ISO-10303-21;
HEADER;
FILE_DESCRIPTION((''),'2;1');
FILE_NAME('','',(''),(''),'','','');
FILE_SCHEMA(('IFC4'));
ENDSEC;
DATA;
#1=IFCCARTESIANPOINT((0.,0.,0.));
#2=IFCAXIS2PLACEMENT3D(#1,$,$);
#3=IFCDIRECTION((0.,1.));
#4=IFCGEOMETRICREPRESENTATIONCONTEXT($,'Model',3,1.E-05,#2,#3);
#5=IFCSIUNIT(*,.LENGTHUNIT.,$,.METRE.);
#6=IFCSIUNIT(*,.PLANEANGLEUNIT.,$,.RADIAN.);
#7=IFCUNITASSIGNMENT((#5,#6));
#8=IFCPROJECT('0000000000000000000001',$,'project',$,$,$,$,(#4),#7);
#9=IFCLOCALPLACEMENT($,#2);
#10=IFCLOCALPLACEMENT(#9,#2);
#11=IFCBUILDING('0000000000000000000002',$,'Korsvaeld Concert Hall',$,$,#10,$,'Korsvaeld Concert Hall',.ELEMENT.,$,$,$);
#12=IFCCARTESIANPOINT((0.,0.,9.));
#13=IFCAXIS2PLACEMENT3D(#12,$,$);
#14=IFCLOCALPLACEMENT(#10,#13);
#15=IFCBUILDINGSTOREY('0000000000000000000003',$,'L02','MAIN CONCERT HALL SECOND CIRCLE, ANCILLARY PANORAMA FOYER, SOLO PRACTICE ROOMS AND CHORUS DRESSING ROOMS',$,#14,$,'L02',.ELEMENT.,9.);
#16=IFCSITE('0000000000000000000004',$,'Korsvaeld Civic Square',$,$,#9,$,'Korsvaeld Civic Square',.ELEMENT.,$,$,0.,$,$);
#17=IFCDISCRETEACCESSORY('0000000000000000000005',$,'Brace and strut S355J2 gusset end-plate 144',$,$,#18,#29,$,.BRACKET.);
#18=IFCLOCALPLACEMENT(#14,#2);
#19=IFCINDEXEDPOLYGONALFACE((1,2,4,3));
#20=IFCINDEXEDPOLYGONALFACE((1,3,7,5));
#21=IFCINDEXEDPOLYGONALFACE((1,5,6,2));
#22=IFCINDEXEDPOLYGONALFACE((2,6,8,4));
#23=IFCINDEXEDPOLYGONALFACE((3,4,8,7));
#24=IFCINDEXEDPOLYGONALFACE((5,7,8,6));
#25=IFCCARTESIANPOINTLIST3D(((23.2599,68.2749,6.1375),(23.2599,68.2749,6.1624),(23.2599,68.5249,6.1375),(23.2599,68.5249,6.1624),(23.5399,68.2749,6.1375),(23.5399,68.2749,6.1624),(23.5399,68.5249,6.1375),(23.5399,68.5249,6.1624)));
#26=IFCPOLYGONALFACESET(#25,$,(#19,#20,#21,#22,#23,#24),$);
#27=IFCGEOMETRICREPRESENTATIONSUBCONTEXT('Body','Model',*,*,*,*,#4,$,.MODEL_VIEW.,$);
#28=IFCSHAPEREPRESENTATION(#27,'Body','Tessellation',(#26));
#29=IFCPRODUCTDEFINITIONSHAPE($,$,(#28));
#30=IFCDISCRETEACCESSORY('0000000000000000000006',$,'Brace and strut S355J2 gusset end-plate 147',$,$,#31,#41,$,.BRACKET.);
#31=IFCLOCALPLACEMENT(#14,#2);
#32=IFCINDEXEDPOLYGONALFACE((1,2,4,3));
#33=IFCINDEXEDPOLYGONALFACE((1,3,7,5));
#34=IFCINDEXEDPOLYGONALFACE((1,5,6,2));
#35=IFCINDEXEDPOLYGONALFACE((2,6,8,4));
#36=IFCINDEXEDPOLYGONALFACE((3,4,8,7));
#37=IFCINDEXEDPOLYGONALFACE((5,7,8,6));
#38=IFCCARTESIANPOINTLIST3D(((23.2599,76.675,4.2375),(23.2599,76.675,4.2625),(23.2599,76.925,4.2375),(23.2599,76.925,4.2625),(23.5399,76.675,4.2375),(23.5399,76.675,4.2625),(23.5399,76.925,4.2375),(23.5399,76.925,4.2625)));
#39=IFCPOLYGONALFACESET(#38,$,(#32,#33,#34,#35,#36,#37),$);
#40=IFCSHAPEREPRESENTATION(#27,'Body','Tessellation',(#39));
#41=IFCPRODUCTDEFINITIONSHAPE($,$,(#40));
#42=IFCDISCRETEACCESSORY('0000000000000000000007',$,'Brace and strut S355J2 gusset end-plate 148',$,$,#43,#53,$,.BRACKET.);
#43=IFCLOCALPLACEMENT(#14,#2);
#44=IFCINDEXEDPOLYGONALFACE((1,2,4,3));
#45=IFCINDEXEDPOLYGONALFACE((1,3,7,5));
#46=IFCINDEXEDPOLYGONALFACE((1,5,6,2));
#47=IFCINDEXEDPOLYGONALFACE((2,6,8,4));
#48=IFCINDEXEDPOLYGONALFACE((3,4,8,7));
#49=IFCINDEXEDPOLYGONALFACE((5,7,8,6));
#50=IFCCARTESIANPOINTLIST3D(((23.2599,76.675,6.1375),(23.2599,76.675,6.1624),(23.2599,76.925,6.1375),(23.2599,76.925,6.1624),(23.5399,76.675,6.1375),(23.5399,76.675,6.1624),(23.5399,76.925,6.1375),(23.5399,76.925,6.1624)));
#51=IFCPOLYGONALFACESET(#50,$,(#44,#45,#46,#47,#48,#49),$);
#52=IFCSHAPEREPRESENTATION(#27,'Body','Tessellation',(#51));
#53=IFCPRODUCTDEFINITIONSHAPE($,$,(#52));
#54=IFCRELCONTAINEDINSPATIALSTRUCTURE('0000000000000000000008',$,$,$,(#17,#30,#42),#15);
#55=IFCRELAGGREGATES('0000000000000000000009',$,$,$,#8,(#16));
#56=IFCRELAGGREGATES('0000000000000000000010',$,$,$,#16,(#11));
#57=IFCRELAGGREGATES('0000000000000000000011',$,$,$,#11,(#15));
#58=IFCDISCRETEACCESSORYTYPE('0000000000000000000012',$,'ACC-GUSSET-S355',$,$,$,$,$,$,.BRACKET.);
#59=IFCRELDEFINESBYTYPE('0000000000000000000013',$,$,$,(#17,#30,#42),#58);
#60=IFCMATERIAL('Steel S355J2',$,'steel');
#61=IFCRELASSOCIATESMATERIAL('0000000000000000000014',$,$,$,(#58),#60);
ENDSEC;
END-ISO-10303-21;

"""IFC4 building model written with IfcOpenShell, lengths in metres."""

from ifc_helpers import new_model, si_unit, direction, frame, origin, origin_2d, place, context, subcontext, project, spatial, rectangle, extrude, material, type_object, element, save


model = new_model("IFC4")

# Units and contexts
model_context = context("Model", 3, precision=1e-05, world=origin(), true_north=direction((0.0, 1.0)))
body_context = subcontext(model_context, "Body", "Model", "MODEL_VIEW")
ifc_project = project(units=[si_unit("LENGTHUNIT", "METRE"), si_unit("PLANEANGLEUNIT", "RADIAN")], contexts=[model_context])

# Site, building, storey
site_placement = place(None, origin())
site = spatial("IfcSite", under=ifc_project, at=site_placement, Name="Korsvaeld Civic Square", LongName="Korsvaeld Civic Square", CompositionType="ELEMENT", RefElevation=0.0)
building_placement = place(site_placement, origin())
building = spatial("IfcBuilding", under=site, at=building_placement, Name="Korsvaeld Concert Hall", LongName="Korsvaeld Concert Hall", CompositionType="ELEMENT")
storey_placement = place(building_placement, frame((0.0, 0.0, 9.0)))
storey = spatial("IfcBuildingStorey", under=building, at=storey_placement, Name="L02", Description="MAIN CONCERT HALL SECOND CIRCLE, ANCILLARY PANORAMA FOYER, SOLO PRACTICE ROOMS AND CHORUS DRESSING ROOMS", LongName="L02", CompositionType="ELEMENT", Elevation=9.0)

# Shared definitions
ifc_material_1 = material(Name="Steel S355J2", Category="steel")

# Discrete accessories
discrete_accessory_type = type_object("IfcDiscreteAccessoryType", Name="ACC-GUSSET-S355", PredefinedType="BRACKET", material=ifc_material_1)
for number, where, z_axis, x_axis, name in (
    (1, (23.3999, 68.3999, 6.1375), (0.0, 0.0, 1.0), (1.0, 0.0, 0.0), "Brace and strut S355J2 gusset end-plate 144"),
    (2, (23.3999, 76.8, 4.2375), (0.0, 0.0, 1.0), (1.0, 0.0, 0.0), "Brace and strut S355J2 gusset end-plate 147"),
    (3, (23.3999, 76.8, 6.1375), (0.0, 0.0, 1.0), (1.0, 0.0, 0.0), "Brace and strut S355J2 gusset end-plate 148"),
):
    element("IfcDiscreteAccessory", number, at=place(storey_placement, frame(where, z_axis=z_axis, x_axis=x_axis)), inside=storey, type_object=discrete_accessory_type, Name=name, PredefinedType="BRACKET", context=body_context, shape_type="SweptSolid", body=[
        extrude(rectangle(XDim=0.28, YDim=0.25, at=origin_2d()), origin(), (0.0, 0.0, 1.0), 0.0249),
    ])

save(model, "model.ifc")
